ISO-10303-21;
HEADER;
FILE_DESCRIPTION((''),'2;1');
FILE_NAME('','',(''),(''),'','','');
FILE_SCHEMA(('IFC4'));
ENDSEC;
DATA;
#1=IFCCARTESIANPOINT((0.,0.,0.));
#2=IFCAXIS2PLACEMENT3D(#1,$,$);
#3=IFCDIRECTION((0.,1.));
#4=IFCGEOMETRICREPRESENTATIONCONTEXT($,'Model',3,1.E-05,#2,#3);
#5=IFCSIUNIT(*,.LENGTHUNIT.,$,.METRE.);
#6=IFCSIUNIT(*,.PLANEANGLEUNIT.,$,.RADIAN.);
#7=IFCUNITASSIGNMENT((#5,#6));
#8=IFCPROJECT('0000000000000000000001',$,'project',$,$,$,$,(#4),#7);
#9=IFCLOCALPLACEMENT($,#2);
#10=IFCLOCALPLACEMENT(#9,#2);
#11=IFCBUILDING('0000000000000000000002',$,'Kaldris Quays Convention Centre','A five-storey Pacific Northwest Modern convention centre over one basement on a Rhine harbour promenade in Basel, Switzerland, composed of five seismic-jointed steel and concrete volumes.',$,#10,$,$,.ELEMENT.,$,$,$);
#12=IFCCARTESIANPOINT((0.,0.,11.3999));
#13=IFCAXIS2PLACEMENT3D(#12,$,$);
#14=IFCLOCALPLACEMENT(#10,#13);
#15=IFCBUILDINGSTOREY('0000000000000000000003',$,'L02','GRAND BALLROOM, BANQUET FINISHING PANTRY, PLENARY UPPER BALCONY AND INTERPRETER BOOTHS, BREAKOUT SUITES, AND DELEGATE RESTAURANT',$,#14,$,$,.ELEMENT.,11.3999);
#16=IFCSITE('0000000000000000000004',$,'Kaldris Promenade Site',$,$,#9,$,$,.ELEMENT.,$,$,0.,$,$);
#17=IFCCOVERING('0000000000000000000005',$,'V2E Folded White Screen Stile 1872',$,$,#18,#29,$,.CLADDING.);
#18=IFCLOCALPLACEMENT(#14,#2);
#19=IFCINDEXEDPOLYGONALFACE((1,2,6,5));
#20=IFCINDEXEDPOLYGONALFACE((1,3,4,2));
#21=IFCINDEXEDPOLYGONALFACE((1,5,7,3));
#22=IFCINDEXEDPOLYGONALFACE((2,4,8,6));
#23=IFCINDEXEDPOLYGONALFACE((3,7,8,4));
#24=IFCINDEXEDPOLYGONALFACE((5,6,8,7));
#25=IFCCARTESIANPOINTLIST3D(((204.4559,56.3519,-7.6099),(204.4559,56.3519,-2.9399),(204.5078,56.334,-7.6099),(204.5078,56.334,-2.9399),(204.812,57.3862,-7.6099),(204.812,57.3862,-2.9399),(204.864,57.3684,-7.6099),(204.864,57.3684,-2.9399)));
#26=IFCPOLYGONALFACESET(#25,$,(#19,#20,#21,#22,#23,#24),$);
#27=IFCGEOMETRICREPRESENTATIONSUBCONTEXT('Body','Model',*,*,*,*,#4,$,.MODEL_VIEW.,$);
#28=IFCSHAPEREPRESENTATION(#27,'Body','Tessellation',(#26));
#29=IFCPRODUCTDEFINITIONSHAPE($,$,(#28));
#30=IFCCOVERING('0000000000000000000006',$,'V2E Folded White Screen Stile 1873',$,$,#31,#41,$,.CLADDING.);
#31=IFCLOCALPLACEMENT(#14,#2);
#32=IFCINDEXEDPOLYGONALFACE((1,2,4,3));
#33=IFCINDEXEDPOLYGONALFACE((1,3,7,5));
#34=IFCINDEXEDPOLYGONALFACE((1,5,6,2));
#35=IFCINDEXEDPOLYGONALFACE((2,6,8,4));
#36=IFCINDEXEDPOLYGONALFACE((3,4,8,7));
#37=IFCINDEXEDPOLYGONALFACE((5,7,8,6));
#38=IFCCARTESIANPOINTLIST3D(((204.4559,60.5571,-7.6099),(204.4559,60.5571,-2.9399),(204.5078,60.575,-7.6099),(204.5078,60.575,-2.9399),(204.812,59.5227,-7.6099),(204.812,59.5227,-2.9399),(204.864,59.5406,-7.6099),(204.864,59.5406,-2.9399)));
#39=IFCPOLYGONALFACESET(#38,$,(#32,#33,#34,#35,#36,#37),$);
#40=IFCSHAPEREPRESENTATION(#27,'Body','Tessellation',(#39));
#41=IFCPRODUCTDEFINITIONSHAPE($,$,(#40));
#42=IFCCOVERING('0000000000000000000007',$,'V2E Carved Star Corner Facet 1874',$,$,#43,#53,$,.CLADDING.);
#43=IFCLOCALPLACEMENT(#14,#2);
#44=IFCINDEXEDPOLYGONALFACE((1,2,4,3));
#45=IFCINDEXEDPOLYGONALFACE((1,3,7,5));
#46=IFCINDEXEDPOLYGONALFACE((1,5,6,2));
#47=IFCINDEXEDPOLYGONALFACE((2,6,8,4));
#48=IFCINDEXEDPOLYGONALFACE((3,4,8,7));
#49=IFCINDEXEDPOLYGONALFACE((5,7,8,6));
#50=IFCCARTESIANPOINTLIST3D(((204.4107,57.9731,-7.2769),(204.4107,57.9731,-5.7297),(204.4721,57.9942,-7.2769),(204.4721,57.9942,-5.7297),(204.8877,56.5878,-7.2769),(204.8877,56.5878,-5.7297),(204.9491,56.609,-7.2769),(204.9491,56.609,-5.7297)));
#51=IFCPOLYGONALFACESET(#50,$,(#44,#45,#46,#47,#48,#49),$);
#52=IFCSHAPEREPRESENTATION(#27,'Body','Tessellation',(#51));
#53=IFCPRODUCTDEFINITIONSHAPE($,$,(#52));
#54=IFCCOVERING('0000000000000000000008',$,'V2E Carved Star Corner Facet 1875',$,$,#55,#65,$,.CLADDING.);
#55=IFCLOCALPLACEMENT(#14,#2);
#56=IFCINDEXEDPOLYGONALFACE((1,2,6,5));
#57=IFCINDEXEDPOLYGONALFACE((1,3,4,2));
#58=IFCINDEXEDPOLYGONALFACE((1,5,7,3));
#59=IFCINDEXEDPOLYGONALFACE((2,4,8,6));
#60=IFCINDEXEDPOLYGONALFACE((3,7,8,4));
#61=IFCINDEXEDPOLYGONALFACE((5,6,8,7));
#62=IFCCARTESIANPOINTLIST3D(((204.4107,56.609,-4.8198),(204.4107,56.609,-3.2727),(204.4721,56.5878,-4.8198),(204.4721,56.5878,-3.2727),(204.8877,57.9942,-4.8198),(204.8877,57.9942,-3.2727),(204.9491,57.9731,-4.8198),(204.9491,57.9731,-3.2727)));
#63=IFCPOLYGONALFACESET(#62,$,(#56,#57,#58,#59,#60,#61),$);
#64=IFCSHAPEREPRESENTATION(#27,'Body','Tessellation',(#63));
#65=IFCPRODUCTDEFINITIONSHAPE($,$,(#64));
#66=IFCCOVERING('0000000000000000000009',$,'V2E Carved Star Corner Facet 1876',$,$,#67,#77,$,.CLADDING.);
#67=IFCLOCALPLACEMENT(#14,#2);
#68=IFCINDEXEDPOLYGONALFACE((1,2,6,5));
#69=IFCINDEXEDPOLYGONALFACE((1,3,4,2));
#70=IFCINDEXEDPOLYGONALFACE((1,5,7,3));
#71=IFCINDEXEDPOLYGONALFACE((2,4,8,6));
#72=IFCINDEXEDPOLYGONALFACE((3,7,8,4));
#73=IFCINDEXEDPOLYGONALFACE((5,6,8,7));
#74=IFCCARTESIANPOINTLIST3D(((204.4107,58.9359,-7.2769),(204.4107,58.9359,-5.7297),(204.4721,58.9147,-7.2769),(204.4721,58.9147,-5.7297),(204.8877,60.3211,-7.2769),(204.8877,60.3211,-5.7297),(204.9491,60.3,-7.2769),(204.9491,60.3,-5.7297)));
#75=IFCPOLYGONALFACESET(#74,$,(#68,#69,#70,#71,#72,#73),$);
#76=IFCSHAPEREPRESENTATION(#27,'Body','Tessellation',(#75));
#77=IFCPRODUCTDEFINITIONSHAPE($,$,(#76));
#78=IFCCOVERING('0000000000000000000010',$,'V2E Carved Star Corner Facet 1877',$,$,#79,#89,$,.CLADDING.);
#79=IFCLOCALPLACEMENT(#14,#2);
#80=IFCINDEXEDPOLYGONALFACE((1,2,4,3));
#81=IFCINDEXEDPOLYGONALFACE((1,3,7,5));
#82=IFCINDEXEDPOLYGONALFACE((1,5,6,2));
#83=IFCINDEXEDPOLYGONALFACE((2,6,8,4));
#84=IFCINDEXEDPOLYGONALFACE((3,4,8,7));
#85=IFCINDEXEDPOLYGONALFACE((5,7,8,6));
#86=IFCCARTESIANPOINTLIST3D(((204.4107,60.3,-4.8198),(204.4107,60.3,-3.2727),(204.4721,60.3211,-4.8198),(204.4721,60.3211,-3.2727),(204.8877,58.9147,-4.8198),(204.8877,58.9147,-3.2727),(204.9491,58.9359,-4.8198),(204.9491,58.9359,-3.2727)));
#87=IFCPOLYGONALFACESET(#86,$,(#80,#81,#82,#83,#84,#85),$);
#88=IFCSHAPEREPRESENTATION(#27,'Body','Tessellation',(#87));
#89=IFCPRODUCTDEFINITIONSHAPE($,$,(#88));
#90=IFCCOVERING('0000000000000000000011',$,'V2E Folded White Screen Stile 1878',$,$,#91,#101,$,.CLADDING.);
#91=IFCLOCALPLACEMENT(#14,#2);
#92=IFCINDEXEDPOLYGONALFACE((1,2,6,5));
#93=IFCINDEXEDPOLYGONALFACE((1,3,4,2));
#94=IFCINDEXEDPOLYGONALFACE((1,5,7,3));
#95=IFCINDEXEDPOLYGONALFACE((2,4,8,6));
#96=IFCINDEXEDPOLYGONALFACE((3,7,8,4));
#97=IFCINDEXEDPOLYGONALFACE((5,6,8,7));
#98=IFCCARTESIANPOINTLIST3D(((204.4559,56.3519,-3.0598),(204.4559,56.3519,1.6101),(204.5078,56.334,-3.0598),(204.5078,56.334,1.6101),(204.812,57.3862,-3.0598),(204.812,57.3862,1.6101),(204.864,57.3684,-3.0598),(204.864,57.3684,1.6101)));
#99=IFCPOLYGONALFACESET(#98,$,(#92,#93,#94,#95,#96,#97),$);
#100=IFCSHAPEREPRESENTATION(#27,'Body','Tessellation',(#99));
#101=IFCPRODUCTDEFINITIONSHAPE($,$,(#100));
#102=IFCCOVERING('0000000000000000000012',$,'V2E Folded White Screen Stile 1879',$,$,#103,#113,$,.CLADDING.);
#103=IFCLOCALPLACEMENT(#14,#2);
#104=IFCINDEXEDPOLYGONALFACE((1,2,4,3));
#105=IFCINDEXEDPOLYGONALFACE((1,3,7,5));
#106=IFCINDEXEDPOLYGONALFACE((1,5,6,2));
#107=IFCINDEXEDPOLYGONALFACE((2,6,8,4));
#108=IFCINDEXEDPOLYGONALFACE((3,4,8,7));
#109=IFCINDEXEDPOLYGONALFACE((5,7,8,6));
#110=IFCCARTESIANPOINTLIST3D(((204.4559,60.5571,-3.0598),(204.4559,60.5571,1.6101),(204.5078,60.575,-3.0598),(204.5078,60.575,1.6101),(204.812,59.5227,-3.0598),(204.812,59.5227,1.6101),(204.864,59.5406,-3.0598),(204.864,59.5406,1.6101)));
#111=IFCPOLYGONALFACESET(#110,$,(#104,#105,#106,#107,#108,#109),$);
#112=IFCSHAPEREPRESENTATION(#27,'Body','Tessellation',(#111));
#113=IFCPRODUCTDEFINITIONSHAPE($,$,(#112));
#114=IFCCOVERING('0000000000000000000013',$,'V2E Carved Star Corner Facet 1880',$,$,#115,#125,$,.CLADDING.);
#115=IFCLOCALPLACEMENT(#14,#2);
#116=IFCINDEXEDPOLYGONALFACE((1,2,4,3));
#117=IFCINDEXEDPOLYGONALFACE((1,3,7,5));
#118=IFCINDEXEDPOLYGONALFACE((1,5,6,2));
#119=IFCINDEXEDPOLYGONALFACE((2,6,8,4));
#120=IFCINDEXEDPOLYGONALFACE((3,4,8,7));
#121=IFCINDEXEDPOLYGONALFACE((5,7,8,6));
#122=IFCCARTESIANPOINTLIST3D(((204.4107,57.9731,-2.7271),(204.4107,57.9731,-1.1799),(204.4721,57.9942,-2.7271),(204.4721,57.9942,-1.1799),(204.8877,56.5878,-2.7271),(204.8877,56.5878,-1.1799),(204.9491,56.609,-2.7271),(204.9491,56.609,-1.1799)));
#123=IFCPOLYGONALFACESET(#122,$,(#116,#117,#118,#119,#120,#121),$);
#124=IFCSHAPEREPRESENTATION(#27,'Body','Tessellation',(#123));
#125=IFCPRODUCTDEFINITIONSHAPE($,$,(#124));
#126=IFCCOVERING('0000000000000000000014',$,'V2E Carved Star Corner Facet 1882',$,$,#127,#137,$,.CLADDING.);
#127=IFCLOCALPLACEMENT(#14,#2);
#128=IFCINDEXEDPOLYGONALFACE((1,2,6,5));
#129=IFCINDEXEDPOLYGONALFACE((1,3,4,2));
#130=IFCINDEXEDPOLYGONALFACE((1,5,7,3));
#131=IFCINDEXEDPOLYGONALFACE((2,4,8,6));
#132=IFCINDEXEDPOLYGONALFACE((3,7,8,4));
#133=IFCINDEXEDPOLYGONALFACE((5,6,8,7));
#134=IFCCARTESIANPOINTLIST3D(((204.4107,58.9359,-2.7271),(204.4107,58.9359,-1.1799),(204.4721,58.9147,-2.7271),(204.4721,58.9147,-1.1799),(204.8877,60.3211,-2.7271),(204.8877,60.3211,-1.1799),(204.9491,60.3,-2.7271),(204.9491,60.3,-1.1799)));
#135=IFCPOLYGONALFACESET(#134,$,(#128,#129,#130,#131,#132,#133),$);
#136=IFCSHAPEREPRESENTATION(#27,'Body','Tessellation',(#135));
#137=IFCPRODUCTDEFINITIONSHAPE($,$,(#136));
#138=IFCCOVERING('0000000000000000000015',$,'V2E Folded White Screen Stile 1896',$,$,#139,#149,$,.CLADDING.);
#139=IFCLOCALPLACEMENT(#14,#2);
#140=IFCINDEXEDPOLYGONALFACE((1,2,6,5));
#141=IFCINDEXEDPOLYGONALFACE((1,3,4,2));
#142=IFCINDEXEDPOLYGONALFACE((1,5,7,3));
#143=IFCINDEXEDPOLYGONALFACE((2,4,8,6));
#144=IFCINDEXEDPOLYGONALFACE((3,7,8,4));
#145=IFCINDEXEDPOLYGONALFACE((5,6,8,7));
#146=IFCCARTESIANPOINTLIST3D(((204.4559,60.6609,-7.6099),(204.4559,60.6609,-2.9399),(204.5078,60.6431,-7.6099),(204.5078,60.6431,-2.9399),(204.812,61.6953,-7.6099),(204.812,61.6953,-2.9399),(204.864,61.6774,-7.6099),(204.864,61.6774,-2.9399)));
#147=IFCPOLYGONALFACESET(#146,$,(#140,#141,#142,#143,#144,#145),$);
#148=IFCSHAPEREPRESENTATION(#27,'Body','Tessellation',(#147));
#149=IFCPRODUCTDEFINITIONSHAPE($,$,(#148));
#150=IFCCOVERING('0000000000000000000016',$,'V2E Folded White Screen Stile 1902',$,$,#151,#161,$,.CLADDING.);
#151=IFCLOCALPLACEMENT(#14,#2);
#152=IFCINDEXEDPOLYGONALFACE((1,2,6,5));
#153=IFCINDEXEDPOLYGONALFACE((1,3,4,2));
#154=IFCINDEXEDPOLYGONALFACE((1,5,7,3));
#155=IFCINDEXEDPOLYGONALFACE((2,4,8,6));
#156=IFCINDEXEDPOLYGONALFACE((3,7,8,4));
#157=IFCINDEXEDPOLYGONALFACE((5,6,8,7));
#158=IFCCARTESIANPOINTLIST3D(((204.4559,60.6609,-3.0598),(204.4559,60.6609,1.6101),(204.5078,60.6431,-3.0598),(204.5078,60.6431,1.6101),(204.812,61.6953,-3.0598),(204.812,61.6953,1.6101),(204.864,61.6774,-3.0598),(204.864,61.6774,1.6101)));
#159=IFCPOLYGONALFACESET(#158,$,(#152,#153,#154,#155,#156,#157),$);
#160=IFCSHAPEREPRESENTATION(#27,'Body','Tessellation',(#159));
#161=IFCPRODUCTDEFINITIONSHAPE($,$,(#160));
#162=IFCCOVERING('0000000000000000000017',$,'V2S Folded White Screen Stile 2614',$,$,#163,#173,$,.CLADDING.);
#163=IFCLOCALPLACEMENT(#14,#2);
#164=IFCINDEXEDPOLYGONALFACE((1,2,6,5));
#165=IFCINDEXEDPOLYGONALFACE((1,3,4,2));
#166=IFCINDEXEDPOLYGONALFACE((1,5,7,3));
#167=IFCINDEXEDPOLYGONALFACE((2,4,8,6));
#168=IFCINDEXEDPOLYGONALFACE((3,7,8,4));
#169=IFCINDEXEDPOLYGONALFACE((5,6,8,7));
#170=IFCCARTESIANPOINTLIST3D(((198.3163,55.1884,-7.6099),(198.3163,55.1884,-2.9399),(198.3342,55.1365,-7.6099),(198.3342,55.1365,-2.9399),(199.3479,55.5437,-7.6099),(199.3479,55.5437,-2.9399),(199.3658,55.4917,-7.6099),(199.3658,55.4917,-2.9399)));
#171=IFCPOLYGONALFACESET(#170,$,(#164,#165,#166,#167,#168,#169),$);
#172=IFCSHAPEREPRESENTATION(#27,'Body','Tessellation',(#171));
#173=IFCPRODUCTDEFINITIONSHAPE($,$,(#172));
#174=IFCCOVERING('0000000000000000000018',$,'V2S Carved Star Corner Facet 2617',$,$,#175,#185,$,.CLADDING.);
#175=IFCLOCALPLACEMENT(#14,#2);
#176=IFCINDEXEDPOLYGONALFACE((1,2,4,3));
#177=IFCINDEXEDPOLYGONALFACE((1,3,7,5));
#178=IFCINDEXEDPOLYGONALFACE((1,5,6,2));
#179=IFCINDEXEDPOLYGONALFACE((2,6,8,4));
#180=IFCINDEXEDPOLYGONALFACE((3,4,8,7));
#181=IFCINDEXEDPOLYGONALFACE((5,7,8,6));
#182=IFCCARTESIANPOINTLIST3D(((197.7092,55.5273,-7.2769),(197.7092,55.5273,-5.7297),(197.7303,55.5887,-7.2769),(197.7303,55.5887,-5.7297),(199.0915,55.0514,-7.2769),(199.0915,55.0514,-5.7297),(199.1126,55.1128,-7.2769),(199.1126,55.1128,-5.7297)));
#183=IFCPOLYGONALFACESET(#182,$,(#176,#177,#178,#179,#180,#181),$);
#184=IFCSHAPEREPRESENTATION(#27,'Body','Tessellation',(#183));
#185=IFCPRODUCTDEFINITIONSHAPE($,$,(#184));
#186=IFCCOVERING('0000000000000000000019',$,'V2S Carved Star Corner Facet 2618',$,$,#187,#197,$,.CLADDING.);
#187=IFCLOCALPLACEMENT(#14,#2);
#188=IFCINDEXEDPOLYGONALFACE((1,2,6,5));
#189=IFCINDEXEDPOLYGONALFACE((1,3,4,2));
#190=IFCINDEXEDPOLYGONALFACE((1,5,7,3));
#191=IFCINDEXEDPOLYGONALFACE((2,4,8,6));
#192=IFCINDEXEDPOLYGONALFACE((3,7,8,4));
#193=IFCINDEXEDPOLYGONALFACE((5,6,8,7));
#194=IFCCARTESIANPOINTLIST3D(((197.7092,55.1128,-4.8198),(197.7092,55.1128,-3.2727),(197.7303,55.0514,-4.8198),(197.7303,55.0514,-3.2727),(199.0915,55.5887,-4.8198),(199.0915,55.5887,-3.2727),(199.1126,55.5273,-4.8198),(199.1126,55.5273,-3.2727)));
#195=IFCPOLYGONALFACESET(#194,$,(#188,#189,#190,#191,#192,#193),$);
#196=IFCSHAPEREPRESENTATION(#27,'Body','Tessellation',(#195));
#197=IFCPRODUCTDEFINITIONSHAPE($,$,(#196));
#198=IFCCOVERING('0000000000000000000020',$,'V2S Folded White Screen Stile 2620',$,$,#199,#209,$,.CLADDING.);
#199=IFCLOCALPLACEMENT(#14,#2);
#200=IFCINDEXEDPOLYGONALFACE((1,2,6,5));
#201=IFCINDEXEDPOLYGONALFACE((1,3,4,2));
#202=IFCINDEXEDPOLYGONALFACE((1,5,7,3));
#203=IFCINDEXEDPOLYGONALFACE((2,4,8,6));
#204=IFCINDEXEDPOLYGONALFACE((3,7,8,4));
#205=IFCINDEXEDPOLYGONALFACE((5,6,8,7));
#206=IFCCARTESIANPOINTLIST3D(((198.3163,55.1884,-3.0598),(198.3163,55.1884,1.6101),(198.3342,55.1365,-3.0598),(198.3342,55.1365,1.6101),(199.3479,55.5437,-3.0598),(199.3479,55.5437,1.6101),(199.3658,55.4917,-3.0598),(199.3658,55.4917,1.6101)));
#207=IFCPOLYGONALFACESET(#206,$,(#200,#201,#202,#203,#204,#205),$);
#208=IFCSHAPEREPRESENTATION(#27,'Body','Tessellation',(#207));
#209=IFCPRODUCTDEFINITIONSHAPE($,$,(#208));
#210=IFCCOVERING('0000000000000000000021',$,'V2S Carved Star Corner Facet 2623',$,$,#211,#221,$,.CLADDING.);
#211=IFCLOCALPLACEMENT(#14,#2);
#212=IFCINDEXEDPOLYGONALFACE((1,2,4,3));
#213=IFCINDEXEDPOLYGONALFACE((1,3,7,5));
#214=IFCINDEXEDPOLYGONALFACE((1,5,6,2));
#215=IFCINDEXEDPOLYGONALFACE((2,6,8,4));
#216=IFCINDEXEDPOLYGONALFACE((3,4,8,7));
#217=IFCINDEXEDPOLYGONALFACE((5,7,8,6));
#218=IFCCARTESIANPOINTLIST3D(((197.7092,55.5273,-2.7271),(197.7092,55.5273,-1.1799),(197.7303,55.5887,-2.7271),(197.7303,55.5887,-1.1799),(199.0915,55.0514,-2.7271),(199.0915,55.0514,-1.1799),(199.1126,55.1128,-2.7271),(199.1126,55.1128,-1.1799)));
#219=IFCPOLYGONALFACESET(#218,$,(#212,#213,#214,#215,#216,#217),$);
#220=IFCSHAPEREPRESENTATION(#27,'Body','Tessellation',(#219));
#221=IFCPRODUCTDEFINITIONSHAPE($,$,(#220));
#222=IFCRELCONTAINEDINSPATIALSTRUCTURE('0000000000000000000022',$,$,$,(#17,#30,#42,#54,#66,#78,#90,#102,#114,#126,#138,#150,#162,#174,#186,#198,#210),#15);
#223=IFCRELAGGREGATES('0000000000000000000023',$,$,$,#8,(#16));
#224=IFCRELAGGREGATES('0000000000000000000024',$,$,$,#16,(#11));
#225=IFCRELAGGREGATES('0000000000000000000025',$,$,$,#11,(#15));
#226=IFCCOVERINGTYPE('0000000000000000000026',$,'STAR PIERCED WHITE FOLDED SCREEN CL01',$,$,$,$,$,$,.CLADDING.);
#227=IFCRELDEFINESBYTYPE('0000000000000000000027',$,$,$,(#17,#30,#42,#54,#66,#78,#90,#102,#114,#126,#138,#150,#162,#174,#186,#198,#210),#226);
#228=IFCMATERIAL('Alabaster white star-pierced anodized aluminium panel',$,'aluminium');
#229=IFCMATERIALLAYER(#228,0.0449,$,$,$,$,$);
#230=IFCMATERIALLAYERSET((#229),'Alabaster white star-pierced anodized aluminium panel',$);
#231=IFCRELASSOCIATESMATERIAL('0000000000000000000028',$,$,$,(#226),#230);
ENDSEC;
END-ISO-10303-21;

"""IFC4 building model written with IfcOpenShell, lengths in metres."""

from ifc_helpers import new_model, si_unit, direction, frame, origin, origin_2d, place, context, subcontext, project, spatial, rectangle, extrude, material, layer, layer_set, type_object, element, save


model = new_model("IFC4")

# Units and contexts
model_context = context("Model", 3, precision=1e-05, world=origin(), true_north=direction((0.0, 1.0)))
body_context = subcontext(model_context, "Body", "Model", "MODEL_VIEW")
ifc_project = project(units=[si_unit("LENGTHUNIT", "METRE"), si_unit("PLANEANGLEUNIT", "RADIAN")], contexts=[model_context])

# Site, building, storey
site_placement = place(None, origin())
site = spatial("IfcSite", under=ifc_project, at=site_placement, Name="Kaldris Promenade Site", CompositionType="ELEMENT", RefElevation=0.0)
building_placement = place(site_placement, origin())
building = spatial("IfcBuilding", under=site, at=building_placement, Name="Kaldris Quays Convention Centre", Description="A five-storey Pacific Northwest Modern convention centre over one basement on a Rhine harbour promenade in Basel, Switzerland, composed of five seismic-jointed steel and concrete volumes.", CompositionType="ELEMENT")
storey_placement = place(building_placement, frame((0.0, 0.0, 11.3999)))
storey = spatial("IfcBuildingStorey", under=building, at=storey_placement, Name="L02", Description="GRAND BALLROOM, BANQUET FINISHING PANTRY, PLENARY UPPER BALCONY AND INTERPRETER BOOTHS, BREAKOUT SUITES, AND DELEGATE RESTAURANT", CompositionType="ELEMENT", Elevation=11.3999)

# Coverings
ifc_material_1 = material(Name="Alabaster white star-pierced anodized aluminium panel", Category="aluminium")
ifc_layer = layer(ifc_material_1, 0.0449)
ifc_layer_set = layer_set([ifc_layer], Name="Alabaster white star-pierced anodized aluminium panel")
covering_type = type_object("IfcCoveringType", Name="STAR PIERCED WHITE FOLDED SCREEN CL01", PredefinedType="CLADDING", material=ifc_layer_set)
for number, where, z_axis, x_axis, name in (
    (1, (204.6599, 56.8601, -7.6099), (0.0, 0.0, 1.0), (0.325568, 0.945519, 0.0), "V2E Folded White Screen Stile 1872"),
    (2, (204.6599, 60.0488, -7.6099), (0.0, 0.0, 1.0), (-0.325568, 0.945519, 0.0), "V2E Folded White Screen Stile 1873"),
):
    element("IfcCovering", number, at=place(storey_placement, frame(where, z_axis=z_axis, x_axis=x_axis)), inside=storey, type_object=covering_type, Name=name, PredefinedType="CLADDING", context=body_context, shape_type="SweptSolid", body=[
        extrude(rectangle(XDim=1.094, YDim=0.0549, at=origin_2d()), origin(), (0.0, 0.0, 1.0), 4.6699),
    ])
for number, where, z_axis, x_axis, name in (
    (3, (204.6799, 57.291, -7.2769), (0.0, 0.0, 1.0), (-0.325568, 0.945519, 0.0), "V2E Carved Star Corner Facet 1874"),
    (4, (204.6799, 57.291, -4.8198), (0.0, 0.0, 1.0), (0.325568, 0.945519, 0.0), "V2E Carved Star Corner Facet 1875"),
    (5, (204.6799, 59.6179, -7.2769), (0.0, 0.0, 1.0), (0.325568, 0.945519, 0.0), "V2E Carved Star Corner Facet 1876"),
    (6, (204.6799, 59.6179, -4.8198), (0.0, 0.0, 1.0), (-0.325568, 0.945519, 0.0), "V2E Carved Star Corner Facet 1877"),
):
    element("IfcCovering", number, at=place(storey_placement, frame(where, z_axis=z_axis, x_axis=x_axis)), inside=storey, type_object=covering_type, Name=name, PredefinedType="CLADDING", context=body_context, shape_type="SweptSolid", body=[
        extrude(rectangle(XDim=1.4651, YDim=0.0649, at=origin_2d()), origin(), (0.0, 0.0, 1.0), 1.5471),
    ])
for number, where, z_axis, x_axis, name in (
    (7, (204.6599, 56.8601, -3.0598), (0.0, 0.0, 1.0), (0.325568, 0.945519, 0.0), "V2E Folded White Screen Stile 1878"),
    (8, (204.6599, 60.0488, -3.0598), (0.0, 0.0, 1.0), (-0.325568, 0.945519, 0.0), "V2E Folded White Screen Stile 1879"),
):
    element("IfcCovering", number, at=place(storey_placement, frame(where, z_axis=z_axis, x_axis=x_axis)), inside=storey, type_object=covering_type, Name=name, PredefinedType="CLADDING", context=body_context, shape_type="SweptSolid", body=[
        extrude(rectangle(XDim=1.094, YDim=0.0549, at=origin_2d()), origin(), (0.0, 0.0, 1.0), 4.6699),
    ])
for number, where, z_axis, x_axis, name in (
    (9, (204.6799, 57.291, -2.7271), (0.0, 0.0, 1.0), (-0.325568, 0.945519, 0.0), "V2E Carved Star Corner Facet 1880"),
    (10, (204.6799, 59.6179, -2.7271), (0.0, 0.0, 1.0), (0.325568, 0.945519, 0.0), "V2E Carved Star Corner Facet 1882"),
):
    element("IfcCovering", number, at=place(storey_placement, frame(where, z_axis=z_axis, x_axis=x_axis)), inside=storey, type_object=covering_type, Name=name, PredefinedType="CLADDING", context=body_context, shape_type="SweptSolid", body=[
        extrude(rectangle(XDim=1.4651, YDim=0.0649, at=origin_2d()), origin(), (0.0, 0.0, 1.0), 1.5471),
    ])
for number, where, z_axis, x_axis, name in (
    (11, (204.6599, 61.1692, -7.6099), (0.0, 0.0, 1.0), (0.325568, 0.945519, 0.0), "V2E Folded White Screen Stile 1896"),
    (12, (204.6599, 61.1692, -3.0598), (0.0, 0.0, 1.0), (0.325568, 0.945519, 0.0), "V2E Folded White Screen Stile 1902"),
):
    element("IfcCovering", number, at=place(storey_placement, frame(where, z_axis=z_axis, x_axis=x_axis)), inside=storey, type_object=covering_type, Name=name, PredefinedType="CLADDING", context=body_context, shape_type="SweptSolid", body=[
        extrude(rectangle(XDim=1.094, YDim=0.0549, at=origin_2d()), origin(), (0.0, 0.0, 1.0), 4.6699),
    ])
covering_1_placement = place(storey_placement, frame((198.8411, 55.3401, -7.6099), z_axis=(0.0, 0.0, 1.0), x_axis=(0.945519, 0.325568, 0.0)))
element("IfcCovering", 13, at=covering_1_placement, inside=storey, type_object=covering_type, Name="V2S Folded White Screen Stile 2614", PredefinedType="CLADDING", context=body_context, shape_type="SweptSolid", body=[
    extrude(rectangle(XDim=1.0911, YDim=0.0549, at=origin_2d()), origin(), (0.0, 0.0, 1.0), 4.6699),
])
for number, where, z_axis, x_axis, name in (
    (14, (198.4109, 55.3201, -7.2769), (0.0, 0.0, 1.0), (0.945519, -0.325568, 0.0), "V2S Carved Star Corner Facet 2617"),
    (15, (198.4109, 55.3201, -4.8198), (0.0, 0.0, 1.0), (0.945519, 0.325568, 0.0), "V2S Carved Star Corner Facet 2618"),
):
    element("IfcCovering", number, at=place(storey_placement, frame(where, z_axis=z_axis, x_axis=x_axis)), inside=storey, type_object=covering_type, Name=name, PredefinedType="CLADDING", context=body_context, shape_type="SweptSolid", body=[
        extrude(rectangle(XDim=1.4619, YDim=0.0649, at=origin_2d()), origin(), (0.0, 0.0, 1.0), 1.5471),
    ])
covering_2_placement = place(storey_placement, frame((198.8411, 55.3401, -3.0598), z_axis=(0.0, 0.0, 1.0), x_axis=(0.945519, 0.325568, 0.0)))
element("IfcCovering", 16, at=covering_2_placement, inside=storey, type_object=covering_type, Name="V2S Folded White Screen Stile 2620", PredefinedType="CLADDING", context=body_context, shape_type="SweptSolid", body=[
    extrude(rectangle(XDim=1.0911, YDim=0.0549, at=origin_2d()), origin(), (0.0, 0.0, 1.0), 4.6699),
])
covering_3_placement = place(storey_placement, frame((198.4109, 55.3201, -2.7271), z_axis=(0.0, 0.0, 1.0), x_axis=(0.945519, -0.325568, 0.0)))
element("IfcCovering", 17, at=covering_3_placement, inside=storey, type_object=covering_type, Name="V2S Carved Star Corner Facet 2623", PredefinedType="CLADDING", context=body_context, shape_type="SweptSolid", body=[
    extrude(rectangle(XDim=1.4619, YDim=0.0649, at=origin_2d()), origin(), (0.0, 0.0, 1.0), 1.5471),
])

save(model, "model.ifc")
